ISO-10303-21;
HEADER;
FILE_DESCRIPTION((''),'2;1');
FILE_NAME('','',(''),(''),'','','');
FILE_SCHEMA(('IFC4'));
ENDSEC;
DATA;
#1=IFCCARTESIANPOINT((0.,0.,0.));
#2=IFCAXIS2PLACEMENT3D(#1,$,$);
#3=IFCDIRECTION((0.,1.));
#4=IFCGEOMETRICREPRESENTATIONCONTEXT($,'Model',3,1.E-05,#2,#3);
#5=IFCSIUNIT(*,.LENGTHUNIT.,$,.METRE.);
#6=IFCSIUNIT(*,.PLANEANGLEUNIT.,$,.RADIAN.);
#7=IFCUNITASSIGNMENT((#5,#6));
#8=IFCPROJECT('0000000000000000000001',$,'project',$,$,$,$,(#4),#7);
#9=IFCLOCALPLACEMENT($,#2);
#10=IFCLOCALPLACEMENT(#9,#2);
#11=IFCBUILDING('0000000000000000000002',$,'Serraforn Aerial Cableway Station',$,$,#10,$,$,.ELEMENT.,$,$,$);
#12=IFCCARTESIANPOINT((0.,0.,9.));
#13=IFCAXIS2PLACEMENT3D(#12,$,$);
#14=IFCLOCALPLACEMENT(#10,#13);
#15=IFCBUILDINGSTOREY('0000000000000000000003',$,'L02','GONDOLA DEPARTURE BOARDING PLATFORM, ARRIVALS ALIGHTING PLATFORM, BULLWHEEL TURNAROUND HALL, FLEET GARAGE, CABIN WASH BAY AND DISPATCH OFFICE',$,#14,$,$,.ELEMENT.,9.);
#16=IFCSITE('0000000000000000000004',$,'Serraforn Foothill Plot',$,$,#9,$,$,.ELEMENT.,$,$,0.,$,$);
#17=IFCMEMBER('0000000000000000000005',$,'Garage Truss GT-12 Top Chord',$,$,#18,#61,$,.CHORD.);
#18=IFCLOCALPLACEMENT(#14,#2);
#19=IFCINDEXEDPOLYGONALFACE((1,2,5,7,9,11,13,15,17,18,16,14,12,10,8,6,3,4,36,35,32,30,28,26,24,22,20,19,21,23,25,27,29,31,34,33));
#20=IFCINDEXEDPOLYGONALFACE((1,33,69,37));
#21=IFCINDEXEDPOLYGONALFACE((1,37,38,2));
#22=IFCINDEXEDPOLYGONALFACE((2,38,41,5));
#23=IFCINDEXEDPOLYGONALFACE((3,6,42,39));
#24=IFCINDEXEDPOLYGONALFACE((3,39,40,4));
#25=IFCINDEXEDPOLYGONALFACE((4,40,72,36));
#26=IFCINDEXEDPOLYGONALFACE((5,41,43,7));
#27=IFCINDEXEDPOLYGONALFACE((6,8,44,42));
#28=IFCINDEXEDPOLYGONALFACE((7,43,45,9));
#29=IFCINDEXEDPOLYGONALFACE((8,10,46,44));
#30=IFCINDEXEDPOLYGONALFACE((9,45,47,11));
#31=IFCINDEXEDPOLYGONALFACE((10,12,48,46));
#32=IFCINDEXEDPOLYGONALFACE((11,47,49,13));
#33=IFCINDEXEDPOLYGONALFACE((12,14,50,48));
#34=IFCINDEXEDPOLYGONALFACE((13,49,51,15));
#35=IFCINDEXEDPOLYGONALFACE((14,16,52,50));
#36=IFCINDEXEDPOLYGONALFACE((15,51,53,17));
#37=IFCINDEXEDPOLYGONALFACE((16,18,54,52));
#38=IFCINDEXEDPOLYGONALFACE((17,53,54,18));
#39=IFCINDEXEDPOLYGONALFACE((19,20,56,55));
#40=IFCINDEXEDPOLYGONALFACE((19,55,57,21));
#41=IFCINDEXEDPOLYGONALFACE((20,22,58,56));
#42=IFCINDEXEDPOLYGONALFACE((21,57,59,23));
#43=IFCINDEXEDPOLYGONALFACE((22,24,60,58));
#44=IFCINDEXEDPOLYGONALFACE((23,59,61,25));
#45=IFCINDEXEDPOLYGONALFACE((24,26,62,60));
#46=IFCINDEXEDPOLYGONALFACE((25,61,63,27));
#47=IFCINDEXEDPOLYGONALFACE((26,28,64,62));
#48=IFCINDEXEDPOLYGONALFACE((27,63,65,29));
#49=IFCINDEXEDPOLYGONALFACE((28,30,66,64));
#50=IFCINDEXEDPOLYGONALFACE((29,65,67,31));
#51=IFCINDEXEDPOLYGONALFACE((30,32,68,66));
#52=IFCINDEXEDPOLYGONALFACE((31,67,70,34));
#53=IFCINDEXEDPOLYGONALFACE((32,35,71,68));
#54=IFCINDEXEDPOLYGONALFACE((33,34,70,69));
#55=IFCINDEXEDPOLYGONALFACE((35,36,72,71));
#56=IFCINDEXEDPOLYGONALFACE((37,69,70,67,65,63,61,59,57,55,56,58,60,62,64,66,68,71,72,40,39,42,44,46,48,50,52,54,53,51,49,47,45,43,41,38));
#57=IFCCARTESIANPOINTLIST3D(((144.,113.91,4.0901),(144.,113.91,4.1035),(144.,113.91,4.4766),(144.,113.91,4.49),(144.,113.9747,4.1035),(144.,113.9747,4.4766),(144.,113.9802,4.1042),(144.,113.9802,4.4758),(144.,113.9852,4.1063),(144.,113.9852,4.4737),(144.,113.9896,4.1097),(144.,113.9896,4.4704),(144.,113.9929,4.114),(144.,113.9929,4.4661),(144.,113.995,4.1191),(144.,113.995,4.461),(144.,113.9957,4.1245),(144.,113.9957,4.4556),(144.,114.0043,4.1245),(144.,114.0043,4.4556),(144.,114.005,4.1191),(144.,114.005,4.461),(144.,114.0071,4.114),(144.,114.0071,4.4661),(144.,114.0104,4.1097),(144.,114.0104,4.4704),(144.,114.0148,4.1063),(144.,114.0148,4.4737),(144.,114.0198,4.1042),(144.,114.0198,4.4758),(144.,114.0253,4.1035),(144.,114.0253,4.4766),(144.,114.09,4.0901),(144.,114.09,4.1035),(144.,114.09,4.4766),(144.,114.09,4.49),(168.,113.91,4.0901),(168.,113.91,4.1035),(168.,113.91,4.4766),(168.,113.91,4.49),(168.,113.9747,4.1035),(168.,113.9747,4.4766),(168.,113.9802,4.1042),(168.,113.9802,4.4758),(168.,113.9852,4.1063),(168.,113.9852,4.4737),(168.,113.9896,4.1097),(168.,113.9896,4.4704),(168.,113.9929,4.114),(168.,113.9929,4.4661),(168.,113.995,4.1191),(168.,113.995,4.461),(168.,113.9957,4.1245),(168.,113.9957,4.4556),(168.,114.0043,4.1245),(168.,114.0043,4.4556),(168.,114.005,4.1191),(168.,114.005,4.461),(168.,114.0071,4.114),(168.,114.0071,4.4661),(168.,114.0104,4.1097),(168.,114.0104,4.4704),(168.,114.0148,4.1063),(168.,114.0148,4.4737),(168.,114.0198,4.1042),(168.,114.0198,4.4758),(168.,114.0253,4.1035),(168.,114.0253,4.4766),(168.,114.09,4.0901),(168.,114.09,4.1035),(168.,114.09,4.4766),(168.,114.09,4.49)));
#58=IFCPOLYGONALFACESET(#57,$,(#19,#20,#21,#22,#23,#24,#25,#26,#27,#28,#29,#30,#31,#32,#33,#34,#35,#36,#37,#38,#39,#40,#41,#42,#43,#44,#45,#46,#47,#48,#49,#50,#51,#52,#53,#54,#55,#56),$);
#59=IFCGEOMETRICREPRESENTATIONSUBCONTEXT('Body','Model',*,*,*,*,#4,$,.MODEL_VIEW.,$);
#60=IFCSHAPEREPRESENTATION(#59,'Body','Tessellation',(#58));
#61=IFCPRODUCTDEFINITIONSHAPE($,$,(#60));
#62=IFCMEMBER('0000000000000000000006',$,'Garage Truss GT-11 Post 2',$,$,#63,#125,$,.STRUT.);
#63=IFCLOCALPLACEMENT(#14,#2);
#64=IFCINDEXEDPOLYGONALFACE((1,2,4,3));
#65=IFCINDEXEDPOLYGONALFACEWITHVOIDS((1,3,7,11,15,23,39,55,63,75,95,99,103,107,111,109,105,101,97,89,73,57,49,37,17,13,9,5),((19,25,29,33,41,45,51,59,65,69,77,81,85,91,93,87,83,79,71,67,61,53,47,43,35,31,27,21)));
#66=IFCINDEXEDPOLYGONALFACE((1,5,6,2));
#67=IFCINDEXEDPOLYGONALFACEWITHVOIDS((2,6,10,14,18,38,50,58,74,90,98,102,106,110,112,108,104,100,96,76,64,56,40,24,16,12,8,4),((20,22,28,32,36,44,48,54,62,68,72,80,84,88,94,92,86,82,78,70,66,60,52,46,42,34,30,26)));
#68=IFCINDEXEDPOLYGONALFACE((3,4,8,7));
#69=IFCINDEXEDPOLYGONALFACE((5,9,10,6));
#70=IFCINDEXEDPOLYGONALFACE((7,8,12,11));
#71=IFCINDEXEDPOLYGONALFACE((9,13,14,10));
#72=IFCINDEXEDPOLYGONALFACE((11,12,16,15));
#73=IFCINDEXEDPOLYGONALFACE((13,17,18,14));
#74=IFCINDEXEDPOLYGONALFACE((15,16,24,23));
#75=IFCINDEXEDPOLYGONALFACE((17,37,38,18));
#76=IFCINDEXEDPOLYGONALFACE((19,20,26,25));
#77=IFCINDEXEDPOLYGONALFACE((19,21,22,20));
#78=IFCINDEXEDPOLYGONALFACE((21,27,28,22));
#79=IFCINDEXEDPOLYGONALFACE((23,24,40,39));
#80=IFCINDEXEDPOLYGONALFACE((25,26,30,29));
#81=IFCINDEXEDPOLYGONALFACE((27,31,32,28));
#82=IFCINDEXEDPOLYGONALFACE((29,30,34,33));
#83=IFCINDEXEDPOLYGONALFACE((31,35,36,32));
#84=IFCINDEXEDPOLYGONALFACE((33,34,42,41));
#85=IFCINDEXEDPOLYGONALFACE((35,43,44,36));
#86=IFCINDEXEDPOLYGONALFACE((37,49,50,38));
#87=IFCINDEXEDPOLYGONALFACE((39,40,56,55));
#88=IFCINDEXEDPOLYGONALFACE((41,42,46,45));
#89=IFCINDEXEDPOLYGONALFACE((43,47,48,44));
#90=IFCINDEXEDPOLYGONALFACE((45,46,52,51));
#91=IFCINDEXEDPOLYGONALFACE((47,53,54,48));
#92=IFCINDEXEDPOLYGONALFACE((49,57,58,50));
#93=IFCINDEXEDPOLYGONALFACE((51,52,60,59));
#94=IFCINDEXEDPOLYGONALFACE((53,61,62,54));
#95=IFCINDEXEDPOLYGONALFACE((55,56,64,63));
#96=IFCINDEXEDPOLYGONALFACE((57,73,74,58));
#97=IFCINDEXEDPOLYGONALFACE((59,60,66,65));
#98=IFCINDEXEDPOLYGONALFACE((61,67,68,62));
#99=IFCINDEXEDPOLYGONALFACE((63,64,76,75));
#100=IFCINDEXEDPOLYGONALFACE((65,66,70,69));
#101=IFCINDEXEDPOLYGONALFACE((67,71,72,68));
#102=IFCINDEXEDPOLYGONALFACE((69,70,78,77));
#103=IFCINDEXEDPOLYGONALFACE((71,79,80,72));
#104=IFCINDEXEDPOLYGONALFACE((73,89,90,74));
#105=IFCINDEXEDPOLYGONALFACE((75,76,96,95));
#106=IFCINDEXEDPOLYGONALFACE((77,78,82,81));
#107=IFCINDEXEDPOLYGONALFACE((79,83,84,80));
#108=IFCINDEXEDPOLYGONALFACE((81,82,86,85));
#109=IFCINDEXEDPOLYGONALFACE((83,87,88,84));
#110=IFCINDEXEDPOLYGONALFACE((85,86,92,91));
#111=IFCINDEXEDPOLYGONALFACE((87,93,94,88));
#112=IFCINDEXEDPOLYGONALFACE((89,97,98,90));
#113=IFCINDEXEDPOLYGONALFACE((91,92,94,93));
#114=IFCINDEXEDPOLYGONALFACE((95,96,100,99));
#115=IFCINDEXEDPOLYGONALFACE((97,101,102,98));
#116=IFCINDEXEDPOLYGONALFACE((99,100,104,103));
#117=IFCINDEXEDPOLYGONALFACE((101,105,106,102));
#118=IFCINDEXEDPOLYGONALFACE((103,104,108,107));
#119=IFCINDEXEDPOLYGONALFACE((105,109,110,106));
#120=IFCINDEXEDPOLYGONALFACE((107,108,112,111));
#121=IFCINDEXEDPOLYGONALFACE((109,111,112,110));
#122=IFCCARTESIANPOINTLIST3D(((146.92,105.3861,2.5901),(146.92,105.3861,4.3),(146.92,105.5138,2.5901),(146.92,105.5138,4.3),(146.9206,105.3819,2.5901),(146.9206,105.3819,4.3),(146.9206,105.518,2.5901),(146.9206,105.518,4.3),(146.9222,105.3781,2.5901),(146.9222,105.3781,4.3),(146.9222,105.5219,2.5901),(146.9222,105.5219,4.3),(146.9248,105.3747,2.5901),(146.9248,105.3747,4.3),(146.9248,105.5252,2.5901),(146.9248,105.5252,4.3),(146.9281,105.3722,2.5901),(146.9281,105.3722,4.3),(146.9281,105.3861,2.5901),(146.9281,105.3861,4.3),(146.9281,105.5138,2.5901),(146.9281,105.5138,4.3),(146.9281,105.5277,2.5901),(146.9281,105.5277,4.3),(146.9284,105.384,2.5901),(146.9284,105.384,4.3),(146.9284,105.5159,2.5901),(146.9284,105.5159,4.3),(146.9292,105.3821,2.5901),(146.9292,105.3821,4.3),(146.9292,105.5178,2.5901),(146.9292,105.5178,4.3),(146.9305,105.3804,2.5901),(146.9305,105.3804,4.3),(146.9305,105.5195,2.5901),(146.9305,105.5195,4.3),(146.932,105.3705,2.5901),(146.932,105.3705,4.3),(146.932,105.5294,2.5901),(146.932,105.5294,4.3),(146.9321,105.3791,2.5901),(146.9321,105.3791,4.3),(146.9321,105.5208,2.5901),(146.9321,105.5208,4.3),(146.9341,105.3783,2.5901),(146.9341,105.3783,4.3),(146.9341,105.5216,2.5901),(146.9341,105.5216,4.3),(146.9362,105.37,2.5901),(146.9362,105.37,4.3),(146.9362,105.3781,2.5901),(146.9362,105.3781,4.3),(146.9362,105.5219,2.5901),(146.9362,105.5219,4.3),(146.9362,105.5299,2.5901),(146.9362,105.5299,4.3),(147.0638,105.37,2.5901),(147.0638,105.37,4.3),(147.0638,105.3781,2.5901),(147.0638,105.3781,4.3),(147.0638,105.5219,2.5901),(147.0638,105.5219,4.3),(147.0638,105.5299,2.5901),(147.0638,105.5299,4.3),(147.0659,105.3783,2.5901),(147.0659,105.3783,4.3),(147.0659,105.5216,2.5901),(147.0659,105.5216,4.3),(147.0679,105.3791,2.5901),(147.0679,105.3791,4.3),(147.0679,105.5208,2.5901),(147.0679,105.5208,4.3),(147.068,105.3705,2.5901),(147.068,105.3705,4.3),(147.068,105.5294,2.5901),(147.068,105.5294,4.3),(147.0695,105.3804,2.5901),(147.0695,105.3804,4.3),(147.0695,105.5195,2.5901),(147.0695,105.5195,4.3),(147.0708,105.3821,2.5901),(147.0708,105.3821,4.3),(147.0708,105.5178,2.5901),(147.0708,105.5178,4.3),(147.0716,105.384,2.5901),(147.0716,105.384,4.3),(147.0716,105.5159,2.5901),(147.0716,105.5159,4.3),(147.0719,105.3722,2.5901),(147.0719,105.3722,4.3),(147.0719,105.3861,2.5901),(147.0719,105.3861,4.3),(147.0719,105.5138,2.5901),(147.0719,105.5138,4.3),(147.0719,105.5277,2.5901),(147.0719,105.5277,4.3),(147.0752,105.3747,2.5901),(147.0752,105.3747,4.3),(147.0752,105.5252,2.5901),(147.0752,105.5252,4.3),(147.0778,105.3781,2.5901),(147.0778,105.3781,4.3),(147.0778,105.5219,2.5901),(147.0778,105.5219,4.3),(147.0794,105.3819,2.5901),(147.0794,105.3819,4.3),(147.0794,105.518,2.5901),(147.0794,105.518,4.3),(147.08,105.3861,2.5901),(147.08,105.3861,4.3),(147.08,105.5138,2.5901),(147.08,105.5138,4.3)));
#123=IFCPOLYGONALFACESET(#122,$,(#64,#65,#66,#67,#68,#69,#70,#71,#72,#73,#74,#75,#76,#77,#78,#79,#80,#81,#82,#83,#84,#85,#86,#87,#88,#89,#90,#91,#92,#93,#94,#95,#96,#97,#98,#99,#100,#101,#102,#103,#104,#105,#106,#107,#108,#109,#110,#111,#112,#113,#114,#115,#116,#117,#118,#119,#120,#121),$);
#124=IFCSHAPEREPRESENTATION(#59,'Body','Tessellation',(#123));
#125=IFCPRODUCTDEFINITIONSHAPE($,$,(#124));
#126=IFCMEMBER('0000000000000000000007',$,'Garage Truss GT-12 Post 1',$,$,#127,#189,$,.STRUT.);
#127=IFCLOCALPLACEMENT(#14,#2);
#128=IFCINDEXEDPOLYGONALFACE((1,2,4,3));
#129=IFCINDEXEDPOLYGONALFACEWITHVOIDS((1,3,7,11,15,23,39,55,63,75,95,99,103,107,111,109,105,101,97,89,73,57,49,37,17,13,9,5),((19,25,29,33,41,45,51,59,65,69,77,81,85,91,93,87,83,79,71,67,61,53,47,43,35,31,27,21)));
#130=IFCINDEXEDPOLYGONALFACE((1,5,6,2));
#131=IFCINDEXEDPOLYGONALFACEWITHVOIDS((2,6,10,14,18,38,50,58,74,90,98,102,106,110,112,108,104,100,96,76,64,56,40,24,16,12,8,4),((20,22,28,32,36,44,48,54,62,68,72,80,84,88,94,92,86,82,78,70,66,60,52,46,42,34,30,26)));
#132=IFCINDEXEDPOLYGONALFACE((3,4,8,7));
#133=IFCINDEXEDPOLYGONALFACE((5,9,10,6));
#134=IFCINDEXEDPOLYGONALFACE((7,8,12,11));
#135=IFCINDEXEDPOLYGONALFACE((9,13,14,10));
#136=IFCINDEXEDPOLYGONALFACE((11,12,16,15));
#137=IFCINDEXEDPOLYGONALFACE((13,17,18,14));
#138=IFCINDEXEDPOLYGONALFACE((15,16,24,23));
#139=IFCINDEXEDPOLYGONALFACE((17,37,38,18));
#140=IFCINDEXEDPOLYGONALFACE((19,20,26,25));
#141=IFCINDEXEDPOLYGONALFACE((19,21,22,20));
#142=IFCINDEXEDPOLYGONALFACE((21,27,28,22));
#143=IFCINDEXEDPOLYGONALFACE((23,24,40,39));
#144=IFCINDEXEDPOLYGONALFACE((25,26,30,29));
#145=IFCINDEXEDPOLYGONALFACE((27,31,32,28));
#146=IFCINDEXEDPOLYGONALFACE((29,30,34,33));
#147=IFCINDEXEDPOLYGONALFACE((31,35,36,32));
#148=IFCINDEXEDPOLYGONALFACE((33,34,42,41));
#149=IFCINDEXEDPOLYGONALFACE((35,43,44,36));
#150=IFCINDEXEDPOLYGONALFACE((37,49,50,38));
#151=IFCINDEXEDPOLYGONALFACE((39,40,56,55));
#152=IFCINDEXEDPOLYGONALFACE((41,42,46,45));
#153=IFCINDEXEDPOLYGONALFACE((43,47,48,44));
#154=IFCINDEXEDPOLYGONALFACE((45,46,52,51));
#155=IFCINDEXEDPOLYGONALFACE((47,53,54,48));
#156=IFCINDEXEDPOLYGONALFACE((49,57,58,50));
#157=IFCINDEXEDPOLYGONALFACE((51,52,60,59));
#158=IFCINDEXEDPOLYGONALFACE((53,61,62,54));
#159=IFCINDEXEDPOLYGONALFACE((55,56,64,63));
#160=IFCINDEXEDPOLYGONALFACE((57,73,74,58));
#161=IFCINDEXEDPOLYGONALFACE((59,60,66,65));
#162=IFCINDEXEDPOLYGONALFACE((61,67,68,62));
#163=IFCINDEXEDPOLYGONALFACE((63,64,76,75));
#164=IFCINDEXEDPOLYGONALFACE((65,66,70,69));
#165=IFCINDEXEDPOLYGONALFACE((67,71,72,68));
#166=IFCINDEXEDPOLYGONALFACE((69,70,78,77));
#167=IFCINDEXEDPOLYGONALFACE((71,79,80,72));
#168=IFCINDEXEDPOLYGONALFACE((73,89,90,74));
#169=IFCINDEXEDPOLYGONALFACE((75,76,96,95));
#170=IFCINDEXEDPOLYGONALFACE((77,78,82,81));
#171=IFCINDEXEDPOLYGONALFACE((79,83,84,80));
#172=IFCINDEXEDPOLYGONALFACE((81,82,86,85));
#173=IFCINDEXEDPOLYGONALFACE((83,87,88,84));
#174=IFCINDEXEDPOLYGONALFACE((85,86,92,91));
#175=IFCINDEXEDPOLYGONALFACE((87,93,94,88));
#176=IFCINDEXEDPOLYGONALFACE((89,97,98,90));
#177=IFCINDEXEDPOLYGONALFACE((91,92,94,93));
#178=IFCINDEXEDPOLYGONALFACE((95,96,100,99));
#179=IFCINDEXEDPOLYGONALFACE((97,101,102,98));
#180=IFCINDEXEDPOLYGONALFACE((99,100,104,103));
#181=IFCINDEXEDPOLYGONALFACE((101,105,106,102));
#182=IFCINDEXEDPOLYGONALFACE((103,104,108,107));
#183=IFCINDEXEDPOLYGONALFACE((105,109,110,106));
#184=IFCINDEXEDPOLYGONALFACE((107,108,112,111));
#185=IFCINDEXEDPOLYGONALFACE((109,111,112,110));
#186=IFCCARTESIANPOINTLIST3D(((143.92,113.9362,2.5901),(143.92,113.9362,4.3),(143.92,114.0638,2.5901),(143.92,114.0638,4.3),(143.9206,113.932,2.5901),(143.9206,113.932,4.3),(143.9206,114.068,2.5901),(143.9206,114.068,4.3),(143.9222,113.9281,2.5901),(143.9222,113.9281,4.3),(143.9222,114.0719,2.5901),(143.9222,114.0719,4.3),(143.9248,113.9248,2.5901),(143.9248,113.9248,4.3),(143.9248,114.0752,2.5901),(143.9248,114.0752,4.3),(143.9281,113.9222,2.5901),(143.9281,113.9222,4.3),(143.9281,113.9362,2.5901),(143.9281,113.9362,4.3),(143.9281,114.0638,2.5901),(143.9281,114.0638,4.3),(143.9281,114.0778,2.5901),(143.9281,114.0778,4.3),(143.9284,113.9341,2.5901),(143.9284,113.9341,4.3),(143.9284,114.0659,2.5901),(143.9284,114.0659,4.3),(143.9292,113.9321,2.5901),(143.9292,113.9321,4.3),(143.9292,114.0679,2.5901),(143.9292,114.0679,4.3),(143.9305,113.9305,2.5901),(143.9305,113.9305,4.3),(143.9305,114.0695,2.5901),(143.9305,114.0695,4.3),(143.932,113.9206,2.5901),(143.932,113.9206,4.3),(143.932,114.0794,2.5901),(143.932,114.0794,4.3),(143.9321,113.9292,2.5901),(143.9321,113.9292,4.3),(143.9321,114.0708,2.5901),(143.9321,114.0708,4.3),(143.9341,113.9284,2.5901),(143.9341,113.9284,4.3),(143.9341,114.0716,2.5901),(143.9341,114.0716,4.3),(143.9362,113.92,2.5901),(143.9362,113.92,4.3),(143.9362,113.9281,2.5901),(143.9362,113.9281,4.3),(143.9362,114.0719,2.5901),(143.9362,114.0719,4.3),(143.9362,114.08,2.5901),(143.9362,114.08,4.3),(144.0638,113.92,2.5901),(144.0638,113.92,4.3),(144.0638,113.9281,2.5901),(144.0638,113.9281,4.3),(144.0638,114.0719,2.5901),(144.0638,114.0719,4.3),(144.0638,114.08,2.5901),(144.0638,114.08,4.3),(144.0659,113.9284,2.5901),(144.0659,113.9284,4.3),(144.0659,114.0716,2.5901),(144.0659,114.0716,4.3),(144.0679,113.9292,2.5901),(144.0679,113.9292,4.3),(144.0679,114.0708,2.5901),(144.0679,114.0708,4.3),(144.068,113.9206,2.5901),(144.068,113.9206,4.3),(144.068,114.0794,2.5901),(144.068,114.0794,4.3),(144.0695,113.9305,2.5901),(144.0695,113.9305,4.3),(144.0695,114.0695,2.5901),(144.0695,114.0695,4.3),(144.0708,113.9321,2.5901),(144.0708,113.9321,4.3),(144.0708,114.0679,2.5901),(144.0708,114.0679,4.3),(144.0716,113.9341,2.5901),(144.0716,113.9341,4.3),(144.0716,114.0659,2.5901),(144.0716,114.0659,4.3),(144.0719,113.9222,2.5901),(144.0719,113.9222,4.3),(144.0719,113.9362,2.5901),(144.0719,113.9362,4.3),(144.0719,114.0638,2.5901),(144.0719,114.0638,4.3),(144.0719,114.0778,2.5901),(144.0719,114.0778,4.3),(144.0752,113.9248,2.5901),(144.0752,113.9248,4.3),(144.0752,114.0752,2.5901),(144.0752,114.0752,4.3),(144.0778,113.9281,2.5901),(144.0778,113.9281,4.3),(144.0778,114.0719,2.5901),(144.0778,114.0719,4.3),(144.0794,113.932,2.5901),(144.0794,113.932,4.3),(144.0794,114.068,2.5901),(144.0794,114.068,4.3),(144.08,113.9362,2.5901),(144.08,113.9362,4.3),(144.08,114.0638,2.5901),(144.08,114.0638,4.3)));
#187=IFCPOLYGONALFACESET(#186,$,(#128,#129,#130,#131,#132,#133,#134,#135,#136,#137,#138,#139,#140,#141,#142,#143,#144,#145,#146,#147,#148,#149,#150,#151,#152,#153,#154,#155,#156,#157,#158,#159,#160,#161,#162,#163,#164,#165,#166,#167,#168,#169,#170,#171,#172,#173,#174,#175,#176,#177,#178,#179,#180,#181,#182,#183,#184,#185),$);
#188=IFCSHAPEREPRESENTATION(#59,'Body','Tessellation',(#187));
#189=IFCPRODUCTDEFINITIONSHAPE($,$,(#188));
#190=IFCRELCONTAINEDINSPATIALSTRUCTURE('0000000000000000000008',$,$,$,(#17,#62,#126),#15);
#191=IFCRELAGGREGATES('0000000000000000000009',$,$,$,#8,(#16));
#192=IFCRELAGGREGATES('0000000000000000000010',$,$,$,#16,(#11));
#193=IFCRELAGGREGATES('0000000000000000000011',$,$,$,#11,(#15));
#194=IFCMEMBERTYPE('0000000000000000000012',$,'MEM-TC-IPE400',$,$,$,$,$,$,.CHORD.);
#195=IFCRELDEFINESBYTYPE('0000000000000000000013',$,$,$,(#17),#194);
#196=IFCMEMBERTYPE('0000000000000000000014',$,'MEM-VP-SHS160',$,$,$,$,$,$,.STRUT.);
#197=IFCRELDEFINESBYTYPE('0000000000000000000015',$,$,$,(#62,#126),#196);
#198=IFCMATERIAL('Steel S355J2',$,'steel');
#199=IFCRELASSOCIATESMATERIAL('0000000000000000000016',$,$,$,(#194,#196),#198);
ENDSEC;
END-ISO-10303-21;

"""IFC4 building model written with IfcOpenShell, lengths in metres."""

from ifc_helpers import new_model, si_unit, direction, frame, origin, origin_2d, place, context, subcontext, project, spatial, hollow_rectangle, i_section, extrude, material, material_profile, profile_set, type_object, element, save


model = new_model("IFC4")

# Units and contexts
model_context = context("Model", 3, precision=1e-05, world=origin(), true_north=direction((0.0, 1.0)))
body_context = subcontext(model_context, "Body", "Model", "MODEL_VIEW")
ifc_project = project(units=[si_unit("LENGTHUNIT", "METRE"), si_unit("PLANEANGLEUNIT", "RADIAN")], contexts=[model_context])

# Site, building, storey
site_placement = place(None, origin())
site = spatial("IfcSite", under=ifc_project, at=site_placement, Name="Serraforn Foothill Plot", CompositionType="ELEMENT", RefElevation=0.0)
building_placement = place(site_placement, origin())
building = spatial("IfcBuilding", under=site, at=building_placement, Name="Serraforn Aerial Cableway Station", CompositionType="ELEMENT")
storey_placement = place(building_placement, frame((0.0, 0.0, 9.0)))
storey = spatial("IfcBuildingStorey", under=building, at=storey_placement, Name="L02", Description="GONDOLA DEPARTURE BOARDING PLATFORM, ARRIVALS ALIGHTING PLATFORM, BULLWHEEL TURNAROUND HALL, FLEET GARAGE, CABIN WASH BAY AND DISPATCH OFFICE", CompositionType="ELEMENT", Elevation=9.0)

# Shared definitions
ifc_material_1 = material(Name="Steel S355J2", Category="steel")

# Members
ifc_material_profile_1 = material_profile(ifc_material_1, i_section(OverallWidth=0.1799, OverallDepth=0.3999, WebThickness=0.0085, FlangeThickness=0.0134, FilletRadius=0.021, at=origin_2d()), Name="IPE 400")
ifc_profile_set_1 = profile_set([ifc_material_profile_1], Name="Steel S355J2")
member_type_1 = type_object("IfcMemberType", Name="MEM-TC-IPE400", PredefinedType="CHORD", material=ifc_profile_set_1)
member_1_placement = place(storey_placement, frame((144.0, 114.0, 4.29), z_axis=(1.0, 0.0, 0.0), x_axis=(0.0, 1.0, 0.0)))
element("IfcMember", 1, at=member_1_placement, inside=storey, type_object=member_type_1, Name="Garage Truss GT-12 Top Chord", PredefinedType="CHORD", context=body_context, shape_type="SweptSolid", body=[
    extrude(i_section(OverallWidth=0.1799, OverallDepth=0.3999, WebThickness=0.0085, FlangeThickness=0.0134, FilletRadius=0.021, at=origin_2d()), origin(), (0.0, 0.0, 1.0), 24.0),
])
ifc_material_profile_2 = material_profile(ifc_material_1, hollow_rectangle(XDim=0.1599, YDim=0.1599, WallThickness=0.0081, InnerFilletRadius=0.0081, OuterFilletRadius=0.0161, at=origin_2d()), Name="SHS 160x160x8.0")
ifc_profile_set_2 = profile_set([ifc_material_profile_2], Name="Steel S355J2")
member_type_2 = type_object("IfcMemberType", Name="MEM-VP-SHS160", PredefinedType="STRUT", material=ifc_profile_set_2)
for number, where, z_axis, x_axis, name in (
    (2, (147.0, 105.45, 2.5901), (0.0, 0.0, 1.0), (1.0, 0.0, 0.0), "Garage Truss GT-11 Post 2"),
    (3, (144.0, 114.0, 2.5901), (0.0, 0.0, 1.0), (1.0, 0.0, 0.0), "Garage Truss GT-12 Post 1"),
):
    element("IfcMember", number, at=place(storey_placement, frame(where, z_axis=z_axis, x_axis=x_axis)), inside=storey, type_object=member_type_2, Name=name, PredefinedType="STRUT", context=body_context, shape_type="SweptSolid", body=[
        extrude(hollow_rectangle(XDim=0.1599, YDim=0.1599, WallThickness=0.0081, InnerFilletRadius=0.0081, OuterFilletRadius=0.0161, at=origin_2d()), origin(), (0.0, 0.0, 1.0), 1.71),
    ])

save(model, "model.ifc")
